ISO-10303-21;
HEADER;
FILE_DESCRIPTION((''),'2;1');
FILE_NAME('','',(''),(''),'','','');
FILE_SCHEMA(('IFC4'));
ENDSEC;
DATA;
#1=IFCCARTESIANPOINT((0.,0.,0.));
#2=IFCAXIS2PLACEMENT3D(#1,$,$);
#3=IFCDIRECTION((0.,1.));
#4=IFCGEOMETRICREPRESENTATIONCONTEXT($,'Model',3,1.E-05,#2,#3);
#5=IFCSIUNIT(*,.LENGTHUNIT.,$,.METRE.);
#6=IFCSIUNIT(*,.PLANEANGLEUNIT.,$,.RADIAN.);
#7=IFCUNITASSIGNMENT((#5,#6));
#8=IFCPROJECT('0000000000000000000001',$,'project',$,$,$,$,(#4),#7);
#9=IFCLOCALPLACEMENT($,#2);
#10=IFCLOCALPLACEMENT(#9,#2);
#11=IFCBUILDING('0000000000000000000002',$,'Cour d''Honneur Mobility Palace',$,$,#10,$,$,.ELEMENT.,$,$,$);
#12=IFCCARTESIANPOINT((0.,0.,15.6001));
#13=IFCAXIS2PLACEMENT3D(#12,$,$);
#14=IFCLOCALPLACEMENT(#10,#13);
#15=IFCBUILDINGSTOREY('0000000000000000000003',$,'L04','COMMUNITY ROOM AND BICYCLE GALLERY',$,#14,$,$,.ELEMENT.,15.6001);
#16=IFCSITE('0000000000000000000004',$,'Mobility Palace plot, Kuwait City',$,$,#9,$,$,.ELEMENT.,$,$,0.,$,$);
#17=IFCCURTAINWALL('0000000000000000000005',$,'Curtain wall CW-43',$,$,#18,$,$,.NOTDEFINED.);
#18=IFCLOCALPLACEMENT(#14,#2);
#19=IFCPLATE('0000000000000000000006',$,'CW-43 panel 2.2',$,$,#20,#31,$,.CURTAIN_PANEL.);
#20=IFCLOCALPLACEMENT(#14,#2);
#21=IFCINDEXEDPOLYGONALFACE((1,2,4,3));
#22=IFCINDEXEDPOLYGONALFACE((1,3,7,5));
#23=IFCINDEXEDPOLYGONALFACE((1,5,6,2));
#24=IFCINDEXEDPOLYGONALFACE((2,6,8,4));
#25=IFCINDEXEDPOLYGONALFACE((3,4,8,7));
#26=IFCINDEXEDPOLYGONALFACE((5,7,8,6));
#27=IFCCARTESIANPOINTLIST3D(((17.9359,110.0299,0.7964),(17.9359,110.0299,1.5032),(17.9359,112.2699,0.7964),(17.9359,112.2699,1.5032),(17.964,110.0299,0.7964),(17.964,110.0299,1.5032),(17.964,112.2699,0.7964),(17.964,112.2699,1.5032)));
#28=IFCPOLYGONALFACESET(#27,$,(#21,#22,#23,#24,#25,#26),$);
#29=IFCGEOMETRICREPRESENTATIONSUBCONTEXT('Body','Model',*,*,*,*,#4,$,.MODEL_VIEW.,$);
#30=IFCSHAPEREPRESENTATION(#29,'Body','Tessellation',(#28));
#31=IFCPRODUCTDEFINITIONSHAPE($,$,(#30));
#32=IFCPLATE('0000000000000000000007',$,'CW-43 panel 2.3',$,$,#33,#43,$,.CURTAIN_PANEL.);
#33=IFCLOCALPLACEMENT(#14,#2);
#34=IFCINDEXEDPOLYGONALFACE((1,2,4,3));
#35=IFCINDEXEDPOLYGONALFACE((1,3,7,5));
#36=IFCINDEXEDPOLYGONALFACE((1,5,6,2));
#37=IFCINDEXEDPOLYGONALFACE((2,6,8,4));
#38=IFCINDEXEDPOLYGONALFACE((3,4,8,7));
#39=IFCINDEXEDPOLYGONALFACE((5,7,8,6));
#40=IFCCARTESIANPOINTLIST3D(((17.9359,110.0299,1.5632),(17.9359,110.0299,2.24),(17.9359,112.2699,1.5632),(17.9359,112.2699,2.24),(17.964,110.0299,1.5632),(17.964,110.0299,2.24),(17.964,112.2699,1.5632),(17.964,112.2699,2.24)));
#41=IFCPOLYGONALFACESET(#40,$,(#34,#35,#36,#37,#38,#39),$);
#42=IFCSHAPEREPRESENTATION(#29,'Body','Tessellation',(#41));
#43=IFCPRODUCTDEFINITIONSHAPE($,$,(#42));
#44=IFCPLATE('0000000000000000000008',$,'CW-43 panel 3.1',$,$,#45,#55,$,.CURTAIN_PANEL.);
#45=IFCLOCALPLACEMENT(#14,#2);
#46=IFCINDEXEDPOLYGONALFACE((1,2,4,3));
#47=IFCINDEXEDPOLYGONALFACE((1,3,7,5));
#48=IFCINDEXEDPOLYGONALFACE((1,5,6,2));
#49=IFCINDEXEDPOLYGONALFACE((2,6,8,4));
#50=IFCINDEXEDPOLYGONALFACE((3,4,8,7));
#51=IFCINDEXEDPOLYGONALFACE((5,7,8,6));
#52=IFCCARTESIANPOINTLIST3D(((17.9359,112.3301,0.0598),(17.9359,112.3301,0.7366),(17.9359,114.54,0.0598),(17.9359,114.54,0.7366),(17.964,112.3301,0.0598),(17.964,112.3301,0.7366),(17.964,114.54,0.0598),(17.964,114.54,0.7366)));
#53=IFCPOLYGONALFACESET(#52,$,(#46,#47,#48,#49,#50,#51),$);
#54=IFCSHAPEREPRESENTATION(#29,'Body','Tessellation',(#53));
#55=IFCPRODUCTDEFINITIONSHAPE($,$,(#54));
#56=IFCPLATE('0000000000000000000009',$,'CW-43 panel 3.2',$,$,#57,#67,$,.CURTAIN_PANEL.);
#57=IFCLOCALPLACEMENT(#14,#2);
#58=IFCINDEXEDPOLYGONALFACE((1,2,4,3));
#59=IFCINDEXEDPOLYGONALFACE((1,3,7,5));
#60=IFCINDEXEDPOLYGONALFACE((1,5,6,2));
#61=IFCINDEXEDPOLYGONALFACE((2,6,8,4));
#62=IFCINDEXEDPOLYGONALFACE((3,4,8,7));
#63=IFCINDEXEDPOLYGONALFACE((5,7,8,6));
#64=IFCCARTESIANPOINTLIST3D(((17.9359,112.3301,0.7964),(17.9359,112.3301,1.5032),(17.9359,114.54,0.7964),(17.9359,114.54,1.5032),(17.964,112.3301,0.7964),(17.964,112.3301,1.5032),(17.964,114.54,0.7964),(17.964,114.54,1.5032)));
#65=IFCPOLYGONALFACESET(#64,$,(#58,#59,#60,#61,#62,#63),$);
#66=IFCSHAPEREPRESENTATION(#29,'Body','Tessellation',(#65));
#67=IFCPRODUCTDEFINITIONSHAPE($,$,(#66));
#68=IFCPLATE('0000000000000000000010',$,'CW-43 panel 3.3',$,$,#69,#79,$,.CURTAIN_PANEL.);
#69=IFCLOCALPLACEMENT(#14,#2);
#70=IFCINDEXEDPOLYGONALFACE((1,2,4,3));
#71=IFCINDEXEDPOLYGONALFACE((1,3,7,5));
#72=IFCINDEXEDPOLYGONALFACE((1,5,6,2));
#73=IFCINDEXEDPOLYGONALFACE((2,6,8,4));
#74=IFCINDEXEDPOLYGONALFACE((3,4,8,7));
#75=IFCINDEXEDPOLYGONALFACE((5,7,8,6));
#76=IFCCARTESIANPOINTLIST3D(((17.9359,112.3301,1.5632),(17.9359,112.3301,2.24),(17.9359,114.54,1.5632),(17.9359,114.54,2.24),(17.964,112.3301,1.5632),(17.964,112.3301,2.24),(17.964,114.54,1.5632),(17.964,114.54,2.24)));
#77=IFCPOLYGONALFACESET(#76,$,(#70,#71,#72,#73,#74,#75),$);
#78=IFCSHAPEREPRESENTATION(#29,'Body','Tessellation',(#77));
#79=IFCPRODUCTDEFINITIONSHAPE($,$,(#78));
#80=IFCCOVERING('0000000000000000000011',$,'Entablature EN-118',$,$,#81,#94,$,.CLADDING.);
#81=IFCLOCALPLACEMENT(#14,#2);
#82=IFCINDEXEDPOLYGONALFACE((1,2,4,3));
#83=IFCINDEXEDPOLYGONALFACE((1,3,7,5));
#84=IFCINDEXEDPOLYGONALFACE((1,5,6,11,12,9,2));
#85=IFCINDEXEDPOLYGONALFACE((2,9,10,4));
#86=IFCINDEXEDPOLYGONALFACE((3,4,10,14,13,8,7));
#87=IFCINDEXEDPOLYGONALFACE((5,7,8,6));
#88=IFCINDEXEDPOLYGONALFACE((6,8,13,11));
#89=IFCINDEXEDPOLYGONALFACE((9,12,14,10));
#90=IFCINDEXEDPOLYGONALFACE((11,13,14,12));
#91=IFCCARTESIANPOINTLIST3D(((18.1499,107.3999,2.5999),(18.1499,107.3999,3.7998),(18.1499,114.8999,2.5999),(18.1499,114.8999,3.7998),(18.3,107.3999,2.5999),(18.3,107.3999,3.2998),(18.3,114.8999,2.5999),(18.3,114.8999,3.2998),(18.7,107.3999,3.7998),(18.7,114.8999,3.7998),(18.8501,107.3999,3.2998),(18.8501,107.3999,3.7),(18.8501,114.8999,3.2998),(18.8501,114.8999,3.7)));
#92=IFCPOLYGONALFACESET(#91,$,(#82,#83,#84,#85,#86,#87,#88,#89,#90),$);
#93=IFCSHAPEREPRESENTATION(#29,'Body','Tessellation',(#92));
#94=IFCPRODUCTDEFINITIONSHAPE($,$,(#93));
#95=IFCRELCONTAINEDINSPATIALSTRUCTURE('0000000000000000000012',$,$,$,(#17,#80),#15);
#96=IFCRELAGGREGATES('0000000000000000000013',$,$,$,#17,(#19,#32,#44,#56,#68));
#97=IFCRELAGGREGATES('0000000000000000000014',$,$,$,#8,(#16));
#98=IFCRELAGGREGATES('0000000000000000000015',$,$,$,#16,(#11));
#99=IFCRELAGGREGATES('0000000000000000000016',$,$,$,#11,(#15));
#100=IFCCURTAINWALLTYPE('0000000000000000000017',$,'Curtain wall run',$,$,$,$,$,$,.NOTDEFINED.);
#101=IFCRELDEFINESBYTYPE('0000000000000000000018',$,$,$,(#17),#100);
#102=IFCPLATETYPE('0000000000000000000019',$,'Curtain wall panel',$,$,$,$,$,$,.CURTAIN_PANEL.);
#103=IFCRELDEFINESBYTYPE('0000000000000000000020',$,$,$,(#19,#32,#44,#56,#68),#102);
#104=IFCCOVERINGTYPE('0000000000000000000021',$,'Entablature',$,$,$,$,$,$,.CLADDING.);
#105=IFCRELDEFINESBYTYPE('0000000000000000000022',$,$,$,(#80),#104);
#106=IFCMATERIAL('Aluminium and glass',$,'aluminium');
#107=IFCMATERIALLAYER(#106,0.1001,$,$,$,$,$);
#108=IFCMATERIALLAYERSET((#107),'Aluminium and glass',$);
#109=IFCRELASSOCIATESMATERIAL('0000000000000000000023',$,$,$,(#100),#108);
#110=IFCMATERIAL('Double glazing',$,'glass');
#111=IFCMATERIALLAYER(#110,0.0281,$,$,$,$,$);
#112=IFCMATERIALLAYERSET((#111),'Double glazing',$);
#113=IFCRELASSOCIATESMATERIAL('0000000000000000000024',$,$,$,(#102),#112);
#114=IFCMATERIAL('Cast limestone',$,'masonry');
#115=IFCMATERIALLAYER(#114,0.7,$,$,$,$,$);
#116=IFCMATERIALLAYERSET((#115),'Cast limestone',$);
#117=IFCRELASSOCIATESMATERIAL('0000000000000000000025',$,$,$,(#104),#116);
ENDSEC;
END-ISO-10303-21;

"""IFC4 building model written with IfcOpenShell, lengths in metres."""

from ifc_helpers import new_model, si_unit, direction, frame, origin, origin_2d, place, context, subcontext, project, spatial, polyline, rectangle, outline, extrude, material, layer, layer_set, type_object, element, aggregate, save


model = new_model("IFC4")

# Units and contexts
model_context = context("Model", 3, precision=1e-05, world=origin(), true_north=direction((0.0, 1.0)))
body_context = subcontext(model_context, "Body", "Model", "MODEL_VIEW")
ifc_project = project(units=[si_unit("LENGTHUNIT", "METRE"), si_unit("PLANEANGLEUNIT", "RADIAN")], contexts=[model_context])

# Site, building, storey
site_placement = place(None, origin())
site = spatial("IfcSite", under=ifc_project, at=site_placement, Name="Mobility Palace plot, Kuwait City", CompositionType="ELEMENT", RefElevation=0.0)
building_placement = place(site_placement, origin())
building = spatial("IfcBuilding", under=site, at=building_placement, Name="Cour d'Honneur Mobility Palace", CompositionType="ELEMENT")
storey_placement = place(building_placement, frame((0.0, 0.0, 15.6001)))
storey = spatial("IfcBuildingStorey", under=building, at=storey_placement, Name="L04", Description="COMMUNITY ROOM AND BICYCLE GALLERY", CompositionType="ELEMENT", Elevation=15.6001)

# Curtain wall, plates
ifc_material_1 = material(Name="Aluminium and glass", Category="aluminium")
ifc_layer_1 = layer(ifc_material_1, 0.1001)
ifc_layer_set_1 = layer_set([ifc_layer_1], Name="Aluminium and glass")
curtain_wall_type = type_object("IfcCurtainWallType", Name="Curtain wall run", PredefinedType="NOTDEFINED", material=ifc_layer_set_1)
curtain_wall_placement = place(storey_placement, origin())
curtain_wall = element("IfcCurtainWall", 1, at=curtain_wall_placement, inside=storey, type_object=curtain_wall_type, Name="Curtain wall CW-43", PredefinedType="NOTDEFINED")
ifc_material_2 = material(Name="Double glazing", Category="glass")
ifc_layer_2 = layer(ifc_material_2, 0.0281)
ifc_layer_set_2 = layer_set([ifc_layer_2], Name="Double glazing")
plate_type = type_object("IfcPlateType", Name="Curtain wall panel", PredefinedType="CURTAIN_PANEL", material=ifc_layer_set_2)
plate_1_placement = place(storey_placement, frame((17.95, 111.1499, 0.7964), z_axis=(0.0, 0.0, 1.0), x_axis=(0.0, 1.0, 0.0)))
plate_1 = element("IfcPlate", 2, at=plate_1_placement, type_object=plate_type, Name="CW-43 panel 2.2", PredefinedType="CURTAIN_PANEL", context=body_context, shape_type="SweptSolid", body=[
    extrude(rectangle(XDim=2.24, YDim=0.0281, at=origin_2d()), origin(), (0.0, 0.0, 1.0), 0.7068),
])
plate_2_placement = place(storey_placement, frame((17.95, 111.1499, 1.5632), z_axis=(0.0, 0.0, 1.0), x_axis=(0.0, 1.0, 0.0)))
plate_2 = element("IfcPlate", 3, at=plate_2_placement, type_object=plate_type, Name="CW-43 panel 2.3", PredefinedType="CURTAIN_PANEL", context=body_context, shape_type="SweptSolid", body=[
    extrude(rectangle(XDim=2.24, YDim=0.0281, at=origin_2d()), origin(), (0.0, 0.0, 1.0), 0.6768),
])
plate_3_placement = place(storey_placement, frame((17.95, 113.4351, 0.0598), z_axis=(0.0, 0.0, 1.0), x_axis=(0.0, 1.0, 0.0)))
plate_3 = element("IfcPlate", 4, at=plate_3_placement, type_object=plate_type, Name="CW-43 panel 3.1", PredefinedType="CURTAIN_PANEL", context=body_context, shape_type="SweptSolid", body=[
    extrude(rectangle(XDim=2.21, YDim=0.0281, at=origin_2d()), origin(), (0.0, 0.0, 1.0), 0.6768),
])
plate_4_placement = place(storey_placement, frame((17.95, 113.4351, 0.7964), z_axis=(0.0, 0.0, 1.0), x_axis=(0.0, 1.0, 0.0)))
plate_4 = element("IfcPlate", 5, at=plate_4_placement, type_object=plate_type, Name="CW-43 panel 3.2", PredefinedType="CURTAIN_PANEL", context=body_context, shape_type="SweptSolid", body=[
    extrude(rectangle(XDim=2.21, YDim=0.0281, at=origin_2d()), origin(), (0.0, 0.0, 1.0), 0.7068),
])
plate_5_placement = place(storey_placement, frame((17.95, 113.4351, 1.5632), z_axis=(0.0, 0.0, 1.0), x_axis=(0.0, 1.0, 0.0)))
plate_5 = element("IfcPlate", 6, at=plate_5_placement, type_object=plate_type, Name="CW-43 panel 3.3", PredefinedType="CURTAIN_PANEL", context=body_context, shape_type="SweptSolid", body=[
    extrude(rectangle(XDim=2.21, YDim=0.0281, at=origin_2d()), origin(), (0.0, 0.0, 1.0), 0.6768),
])
aggregate(curtain_wall, [plate_1, plate_2, plate_3, plate_4, plate_5])

# Covering
ifc_material_3 = material(Name="Cast limestone", Category="masonry")
ifc_layer_3 = layer(ifc_material_3, 0.7)
ifc_layer_set_3 = layer_set([ifc_layer_3], Name="Cast limestone")
covering_type = type_object("IfcCoveringType", Name="Entablature", PredefinedType="CLADDING", material=ifc_layer_set_3)
covering_placement = place(storey_placement, frame((18.1499, 107.3999, 2.5999), z_axis=(0.0, -1.0, 0.0), x_axis=(1.0, 0.0, 0.0)))
element("IfcCovering", 7, at=covering_placement, inside=storey, type_object=covering_type, Name="Entablature EN-118", PredefinedType="CLADDING", context=body_context, shape_type="SweptSolid", body=[
    extrude(outline(polyline([(0.0, 0.0), (0.1501, 0.0), (0.1501, 0.7), (0.7002, 0.7), (0.7002, 1.1001), (0.55, 1.2), (0.0, 1.2), (0.0, 0.0)])), origin(), (0.0, 0.0, -1.0), 7.5),
])

save(model, "model.ifc")
